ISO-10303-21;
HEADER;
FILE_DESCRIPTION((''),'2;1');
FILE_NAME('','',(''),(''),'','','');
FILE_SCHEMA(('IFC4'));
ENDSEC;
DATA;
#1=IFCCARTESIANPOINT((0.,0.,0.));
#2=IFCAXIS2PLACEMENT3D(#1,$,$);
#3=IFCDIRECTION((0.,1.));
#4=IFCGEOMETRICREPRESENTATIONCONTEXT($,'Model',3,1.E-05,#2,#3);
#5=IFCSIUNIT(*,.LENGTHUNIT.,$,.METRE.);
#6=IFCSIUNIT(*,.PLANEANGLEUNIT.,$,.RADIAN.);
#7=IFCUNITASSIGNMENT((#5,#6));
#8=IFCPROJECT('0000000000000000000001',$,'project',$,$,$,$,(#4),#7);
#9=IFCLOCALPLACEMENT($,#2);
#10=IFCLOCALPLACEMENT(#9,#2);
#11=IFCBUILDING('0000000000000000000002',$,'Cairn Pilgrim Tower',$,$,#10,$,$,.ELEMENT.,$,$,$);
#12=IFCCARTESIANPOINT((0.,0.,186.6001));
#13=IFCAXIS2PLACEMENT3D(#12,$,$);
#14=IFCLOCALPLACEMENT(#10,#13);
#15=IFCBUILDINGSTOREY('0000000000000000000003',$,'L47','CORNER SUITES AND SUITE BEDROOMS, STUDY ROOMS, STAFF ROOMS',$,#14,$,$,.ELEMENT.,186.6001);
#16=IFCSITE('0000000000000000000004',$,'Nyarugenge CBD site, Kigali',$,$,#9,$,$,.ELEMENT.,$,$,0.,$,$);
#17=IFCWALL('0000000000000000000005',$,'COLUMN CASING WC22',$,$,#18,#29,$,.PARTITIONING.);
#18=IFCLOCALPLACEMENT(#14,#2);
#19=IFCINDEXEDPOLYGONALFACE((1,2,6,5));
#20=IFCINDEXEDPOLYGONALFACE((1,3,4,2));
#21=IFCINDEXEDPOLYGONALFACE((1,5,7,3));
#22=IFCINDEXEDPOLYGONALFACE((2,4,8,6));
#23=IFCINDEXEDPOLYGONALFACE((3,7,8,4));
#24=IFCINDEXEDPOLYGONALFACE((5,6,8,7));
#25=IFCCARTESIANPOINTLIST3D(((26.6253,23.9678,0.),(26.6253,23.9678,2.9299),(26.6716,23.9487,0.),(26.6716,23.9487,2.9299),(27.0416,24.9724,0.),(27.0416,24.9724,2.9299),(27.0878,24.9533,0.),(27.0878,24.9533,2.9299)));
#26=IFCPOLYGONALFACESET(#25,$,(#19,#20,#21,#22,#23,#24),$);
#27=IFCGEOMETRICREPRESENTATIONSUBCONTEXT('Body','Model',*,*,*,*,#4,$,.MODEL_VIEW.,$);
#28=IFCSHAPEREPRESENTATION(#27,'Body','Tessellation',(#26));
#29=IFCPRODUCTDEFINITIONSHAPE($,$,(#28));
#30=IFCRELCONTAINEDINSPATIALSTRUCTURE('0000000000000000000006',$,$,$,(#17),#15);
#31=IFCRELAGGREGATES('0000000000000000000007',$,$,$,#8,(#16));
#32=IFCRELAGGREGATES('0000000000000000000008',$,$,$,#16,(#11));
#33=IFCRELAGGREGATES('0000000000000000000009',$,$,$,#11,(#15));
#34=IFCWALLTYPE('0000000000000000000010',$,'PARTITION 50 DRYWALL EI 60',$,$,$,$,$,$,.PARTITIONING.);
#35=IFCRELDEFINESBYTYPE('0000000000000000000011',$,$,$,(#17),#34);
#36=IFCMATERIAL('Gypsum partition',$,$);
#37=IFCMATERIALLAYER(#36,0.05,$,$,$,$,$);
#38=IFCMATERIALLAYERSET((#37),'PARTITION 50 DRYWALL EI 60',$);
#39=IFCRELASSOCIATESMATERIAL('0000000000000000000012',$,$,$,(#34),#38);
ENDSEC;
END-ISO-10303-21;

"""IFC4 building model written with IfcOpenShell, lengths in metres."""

from ifc_helpers import new_model, si_unit, direction, frame, frame_2d, origin, place, context, subcontext, project, spatial, rectangle, extrude, material, layer, layer_set, type_object, element, save


model = new_model("IFC4")

# Units and contexts
model_context = context("Model", 3, precision=1e-05, world=origin(), true_north=direction((0.0, 1.0)))
body_context = subcontext(model_context, "Body", "Model", "MODEL_VIEW")
ifc_project = project(units=[si_unit("LENGTHUNIT", "METRE"), si_unit("PLANEANGLEUNIT", "RADIAN")], contexts=[model_context])

# Site, building, storey
site_placement = place(None, origin())
site = spatial("IfcSite", under=ifc_project, at=site_placement, Name="Nyarugenge CBD site, Kigali", CompositionType="ELEMENT", RefElevation=0.0)
building_placement = place(site_placement, origin())
building = spatial("IfcBuilding", under=site, at=building_placement, Name="Cairn Pilgrim Tower", CompositionType="ELEMENT")
storey_placement = place(building_placement, frame((0.0, 0.0, 186.6001)))
storey = spatial("IfcBuildingStorey", under=building, at=storey_placement, Name="L47", Description="CORNER SUITES AND SUITE BEDROOMS, STUDY ROOMS, STAFF ROOMS", CompositionType="ELEMENT", Elevation=186.6001)

# Wall
ifc_material_1 = material(Name="Gypsum partition")
ifc_layer_1 = layer(ifc_material_1, 0.05)
ifc_layer_set_1 = layer_set([ifc_layer_1], Name="PARTITION 50 DRYWALL EI 60")
wall_type_1 = type_object("IfcWallType", Name="PARTITION 50 DRYWALL EI 60", PredefinedType="PARTITIONING", material=ifc_layer_set_1)
wall_1_placement = place(storey_placement, frame((26.6484, 23.9583, 0.0), z_axis=(0.0, 0.0, 1.0), x_axis=(0.382781, 0.923839, 0.0)))
element("IfcWall", 1, at=wall_1_placement, inside=storey, type_object=wall_type_1, Name="COLUMN CASING WC22", PredefinedType="PARTITIONING", context=body_context, shape_type="SweptSolid", body=[
    extrude(rectangle(XDim=1.0874, YDim=0.05, at=frame_2d((0.5437, 0.0))), origin(), (0.0, 0.0, 1.0), 2.9299),
])

save(model, "model.ifc")
